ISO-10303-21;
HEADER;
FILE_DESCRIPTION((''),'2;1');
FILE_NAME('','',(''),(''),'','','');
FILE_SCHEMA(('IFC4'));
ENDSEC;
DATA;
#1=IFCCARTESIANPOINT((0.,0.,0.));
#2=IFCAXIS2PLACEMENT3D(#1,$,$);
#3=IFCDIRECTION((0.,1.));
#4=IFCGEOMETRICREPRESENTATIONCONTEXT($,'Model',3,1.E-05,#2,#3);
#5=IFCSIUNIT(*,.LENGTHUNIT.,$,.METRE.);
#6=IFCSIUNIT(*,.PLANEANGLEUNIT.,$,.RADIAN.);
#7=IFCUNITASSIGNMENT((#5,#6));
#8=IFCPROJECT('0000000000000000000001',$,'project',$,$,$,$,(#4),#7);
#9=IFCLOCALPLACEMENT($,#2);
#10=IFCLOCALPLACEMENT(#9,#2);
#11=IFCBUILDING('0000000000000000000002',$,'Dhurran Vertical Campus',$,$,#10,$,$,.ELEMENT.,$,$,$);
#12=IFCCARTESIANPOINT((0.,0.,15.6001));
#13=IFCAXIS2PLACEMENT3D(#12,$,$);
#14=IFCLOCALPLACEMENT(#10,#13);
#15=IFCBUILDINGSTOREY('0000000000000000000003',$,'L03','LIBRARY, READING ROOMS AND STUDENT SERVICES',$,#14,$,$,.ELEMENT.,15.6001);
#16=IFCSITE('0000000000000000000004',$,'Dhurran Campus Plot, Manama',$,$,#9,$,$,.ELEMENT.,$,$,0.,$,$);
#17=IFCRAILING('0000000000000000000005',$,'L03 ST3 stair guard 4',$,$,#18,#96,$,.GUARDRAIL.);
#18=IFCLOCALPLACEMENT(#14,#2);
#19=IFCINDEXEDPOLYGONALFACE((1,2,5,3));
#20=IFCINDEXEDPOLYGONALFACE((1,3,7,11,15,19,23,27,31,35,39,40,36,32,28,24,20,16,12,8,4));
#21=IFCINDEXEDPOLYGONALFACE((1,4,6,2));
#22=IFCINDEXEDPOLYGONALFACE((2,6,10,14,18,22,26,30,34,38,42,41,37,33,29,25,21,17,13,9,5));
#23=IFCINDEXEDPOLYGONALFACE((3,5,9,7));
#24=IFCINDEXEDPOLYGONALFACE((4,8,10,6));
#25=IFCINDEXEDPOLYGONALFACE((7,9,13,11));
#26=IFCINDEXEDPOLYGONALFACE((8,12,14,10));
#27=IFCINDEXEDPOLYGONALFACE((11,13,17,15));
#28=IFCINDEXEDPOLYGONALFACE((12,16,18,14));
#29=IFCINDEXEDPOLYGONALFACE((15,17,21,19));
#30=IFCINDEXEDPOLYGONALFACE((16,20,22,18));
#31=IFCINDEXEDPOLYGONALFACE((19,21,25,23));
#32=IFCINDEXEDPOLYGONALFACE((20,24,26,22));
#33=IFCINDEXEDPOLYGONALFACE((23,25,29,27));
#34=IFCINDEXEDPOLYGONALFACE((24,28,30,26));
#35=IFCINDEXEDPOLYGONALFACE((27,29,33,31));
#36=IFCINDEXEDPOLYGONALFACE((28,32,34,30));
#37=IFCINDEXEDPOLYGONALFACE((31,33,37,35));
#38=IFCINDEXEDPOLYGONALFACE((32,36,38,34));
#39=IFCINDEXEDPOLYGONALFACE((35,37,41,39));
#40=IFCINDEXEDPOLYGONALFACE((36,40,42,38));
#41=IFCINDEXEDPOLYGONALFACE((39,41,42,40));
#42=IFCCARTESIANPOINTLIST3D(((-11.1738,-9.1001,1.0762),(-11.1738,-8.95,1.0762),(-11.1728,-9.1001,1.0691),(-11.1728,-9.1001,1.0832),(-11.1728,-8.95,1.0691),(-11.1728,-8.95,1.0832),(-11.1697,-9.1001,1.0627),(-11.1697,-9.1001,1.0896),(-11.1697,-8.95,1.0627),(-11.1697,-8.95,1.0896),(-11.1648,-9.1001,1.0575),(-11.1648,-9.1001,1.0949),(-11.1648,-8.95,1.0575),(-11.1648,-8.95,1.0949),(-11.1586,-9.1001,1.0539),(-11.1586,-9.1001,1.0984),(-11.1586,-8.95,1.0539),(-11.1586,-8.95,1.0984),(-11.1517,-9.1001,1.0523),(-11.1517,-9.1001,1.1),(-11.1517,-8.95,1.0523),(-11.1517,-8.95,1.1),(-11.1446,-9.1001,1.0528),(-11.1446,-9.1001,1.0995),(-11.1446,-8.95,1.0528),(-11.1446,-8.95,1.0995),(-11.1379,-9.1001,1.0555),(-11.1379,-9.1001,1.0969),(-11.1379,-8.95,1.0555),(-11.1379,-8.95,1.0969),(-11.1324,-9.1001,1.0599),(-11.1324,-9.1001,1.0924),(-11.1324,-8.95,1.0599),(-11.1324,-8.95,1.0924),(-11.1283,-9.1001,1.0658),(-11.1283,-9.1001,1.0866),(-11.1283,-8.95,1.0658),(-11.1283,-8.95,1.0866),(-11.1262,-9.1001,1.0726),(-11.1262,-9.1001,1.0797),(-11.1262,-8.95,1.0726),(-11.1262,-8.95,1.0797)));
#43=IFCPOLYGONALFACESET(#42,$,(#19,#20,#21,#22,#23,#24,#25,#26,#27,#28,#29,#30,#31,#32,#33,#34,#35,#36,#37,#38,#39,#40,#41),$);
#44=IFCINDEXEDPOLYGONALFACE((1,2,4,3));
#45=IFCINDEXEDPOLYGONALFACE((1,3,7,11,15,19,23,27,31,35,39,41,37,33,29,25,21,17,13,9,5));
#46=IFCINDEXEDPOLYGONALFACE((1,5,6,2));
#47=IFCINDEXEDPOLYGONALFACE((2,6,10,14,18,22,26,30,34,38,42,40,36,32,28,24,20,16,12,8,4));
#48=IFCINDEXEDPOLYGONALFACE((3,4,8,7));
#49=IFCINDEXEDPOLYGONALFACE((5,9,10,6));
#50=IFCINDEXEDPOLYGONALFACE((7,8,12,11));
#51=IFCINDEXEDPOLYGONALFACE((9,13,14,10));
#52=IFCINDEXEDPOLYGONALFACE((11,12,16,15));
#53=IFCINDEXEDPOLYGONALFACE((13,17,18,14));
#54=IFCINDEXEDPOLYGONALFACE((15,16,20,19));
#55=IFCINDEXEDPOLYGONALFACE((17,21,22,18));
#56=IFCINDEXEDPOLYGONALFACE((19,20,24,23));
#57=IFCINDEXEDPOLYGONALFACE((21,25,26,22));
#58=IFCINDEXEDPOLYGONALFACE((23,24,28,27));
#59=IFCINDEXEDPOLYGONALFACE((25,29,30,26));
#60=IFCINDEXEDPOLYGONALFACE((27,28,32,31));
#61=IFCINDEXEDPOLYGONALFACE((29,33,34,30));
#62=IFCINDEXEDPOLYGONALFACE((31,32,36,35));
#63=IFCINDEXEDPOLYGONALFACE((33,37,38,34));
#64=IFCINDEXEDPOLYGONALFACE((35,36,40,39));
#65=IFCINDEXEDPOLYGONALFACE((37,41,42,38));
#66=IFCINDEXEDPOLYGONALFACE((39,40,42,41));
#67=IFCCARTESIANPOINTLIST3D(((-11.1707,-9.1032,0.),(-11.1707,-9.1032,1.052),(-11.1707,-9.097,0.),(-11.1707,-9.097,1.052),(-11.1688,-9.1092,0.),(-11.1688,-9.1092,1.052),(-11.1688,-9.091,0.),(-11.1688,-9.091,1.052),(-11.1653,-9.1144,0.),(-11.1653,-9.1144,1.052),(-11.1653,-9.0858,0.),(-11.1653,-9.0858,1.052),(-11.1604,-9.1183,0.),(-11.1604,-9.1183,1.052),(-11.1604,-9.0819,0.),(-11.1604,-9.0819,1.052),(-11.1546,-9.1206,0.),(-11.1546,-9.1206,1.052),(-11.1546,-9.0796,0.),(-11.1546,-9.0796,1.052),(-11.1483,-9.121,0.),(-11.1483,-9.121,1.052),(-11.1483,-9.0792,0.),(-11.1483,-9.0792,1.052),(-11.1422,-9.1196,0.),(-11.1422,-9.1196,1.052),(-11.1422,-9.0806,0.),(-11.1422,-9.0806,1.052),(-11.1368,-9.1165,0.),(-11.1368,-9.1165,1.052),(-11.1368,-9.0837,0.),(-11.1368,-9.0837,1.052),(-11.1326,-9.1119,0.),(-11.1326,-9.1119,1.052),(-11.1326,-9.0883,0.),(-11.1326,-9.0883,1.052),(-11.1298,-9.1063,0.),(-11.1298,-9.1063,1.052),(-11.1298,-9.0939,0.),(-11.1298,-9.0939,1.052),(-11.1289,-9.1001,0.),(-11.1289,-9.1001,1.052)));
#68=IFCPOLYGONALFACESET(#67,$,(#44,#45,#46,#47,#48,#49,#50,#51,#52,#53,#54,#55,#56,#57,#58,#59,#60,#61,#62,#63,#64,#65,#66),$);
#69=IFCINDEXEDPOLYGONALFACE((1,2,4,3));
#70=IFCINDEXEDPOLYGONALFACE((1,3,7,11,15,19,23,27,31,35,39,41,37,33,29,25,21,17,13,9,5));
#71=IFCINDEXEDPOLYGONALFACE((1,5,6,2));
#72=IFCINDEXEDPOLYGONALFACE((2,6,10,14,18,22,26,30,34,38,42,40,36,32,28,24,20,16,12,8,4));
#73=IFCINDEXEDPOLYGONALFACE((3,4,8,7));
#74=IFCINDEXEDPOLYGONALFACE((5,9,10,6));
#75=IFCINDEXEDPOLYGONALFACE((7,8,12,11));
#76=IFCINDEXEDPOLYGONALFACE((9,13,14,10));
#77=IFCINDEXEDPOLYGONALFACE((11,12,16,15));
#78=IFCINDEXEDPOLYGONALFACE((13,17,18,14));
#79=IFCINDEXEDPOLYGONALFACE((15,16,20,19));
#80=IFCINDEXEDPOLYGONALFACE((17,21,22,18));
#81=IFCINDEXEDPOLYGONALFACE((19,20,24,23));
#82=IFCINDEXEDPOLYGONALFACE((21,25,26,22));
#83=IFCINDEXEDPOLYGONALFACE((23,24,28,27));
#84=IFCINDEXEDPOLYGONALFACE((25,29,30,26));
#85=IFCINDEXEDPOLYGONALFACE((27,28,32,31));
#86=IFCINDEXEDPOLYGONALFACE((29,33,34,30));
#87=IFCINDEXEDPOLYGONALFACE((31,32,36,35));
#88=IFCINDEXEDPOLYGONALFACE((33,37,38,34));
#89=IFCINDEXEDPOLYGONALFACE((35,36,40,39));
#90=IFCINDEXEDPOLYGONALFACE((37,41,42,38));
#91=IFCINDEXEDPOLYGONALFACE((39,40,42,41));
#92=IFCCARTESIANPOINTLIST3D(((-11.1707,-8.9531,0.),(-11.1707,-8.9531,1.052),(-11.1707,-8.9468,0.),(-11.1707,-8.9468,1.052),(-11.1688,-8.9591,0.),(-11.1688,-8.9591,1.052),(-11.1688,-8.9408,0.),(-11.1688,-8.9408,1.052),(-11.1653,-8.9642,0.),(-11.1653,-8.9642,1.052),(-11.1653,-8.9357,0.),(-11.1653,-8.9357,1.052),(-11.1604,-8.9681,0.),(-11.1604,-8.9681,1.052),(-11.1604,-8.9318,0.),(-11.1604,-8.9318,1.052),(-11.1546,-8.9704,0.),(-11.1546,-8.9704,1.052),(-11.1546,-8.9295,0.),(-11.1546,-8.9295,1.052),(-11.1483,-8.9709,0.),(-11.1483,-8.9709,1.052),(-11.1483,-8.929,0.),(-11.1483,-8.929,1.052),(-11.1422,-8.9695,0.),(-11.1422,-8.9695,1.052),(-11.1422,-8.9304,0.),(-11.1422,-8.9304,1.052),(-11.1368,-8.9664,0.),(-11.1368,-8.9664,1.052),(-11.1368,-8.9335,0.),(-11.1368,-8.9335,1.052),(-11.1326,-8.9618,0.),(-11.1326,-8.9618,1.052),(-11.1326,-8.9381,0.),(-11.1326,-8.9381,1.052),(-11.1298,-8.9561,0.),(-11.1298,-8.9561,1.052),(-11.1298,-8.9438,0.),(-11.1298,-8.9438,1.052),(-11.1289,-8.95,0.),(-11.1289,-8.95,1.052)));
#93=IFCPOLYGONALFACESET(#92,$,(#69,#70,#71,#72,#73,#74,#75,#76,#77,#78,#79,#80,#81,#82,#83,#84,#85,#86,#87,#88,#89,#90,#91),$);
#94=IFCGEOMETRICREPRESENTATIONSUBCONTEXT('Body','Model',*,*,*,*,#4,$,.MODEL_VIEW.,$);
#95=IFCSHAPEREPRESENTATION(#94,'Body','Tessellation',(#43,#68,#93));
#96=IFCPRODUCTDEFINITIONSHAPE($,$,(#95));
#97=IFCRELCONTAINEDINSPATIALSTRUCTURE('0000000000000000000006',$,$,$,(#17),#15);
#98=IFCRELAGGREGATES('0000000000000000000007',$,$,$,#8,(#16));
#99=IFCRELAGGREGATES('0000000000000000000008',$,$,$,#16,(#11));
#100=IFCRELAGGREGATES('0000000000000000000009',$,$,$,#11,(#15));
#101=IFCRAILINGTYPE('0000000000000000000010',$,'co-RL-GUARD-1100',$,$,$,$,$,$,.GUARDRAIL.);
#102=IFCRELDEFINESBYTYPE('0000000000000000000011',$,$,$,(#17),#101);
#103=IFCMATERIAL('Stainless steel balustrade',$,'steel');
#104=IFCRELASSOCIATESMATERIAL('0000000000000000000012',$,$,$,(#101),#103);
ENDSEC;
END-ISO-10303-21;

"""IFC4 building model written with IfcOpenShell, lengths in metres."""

from ifc_helpers import new_model, si_unit, direction, frame, origin, origin_2d, place, context, subcontext, project, spatial, circle, extrude, material, type_object, element, save


model = new_model("IFC4")

# Units and contexts
model_context = context("Model", 3, precision=1e-05, world=origin(), true_north=direction((0.0, 1.0)))
body_context = subcontext(model_context, "Body", "Model", "MODEL_VIEW")
ifc_project = project(units=[si_unit("LENGTHUNIT", "METRE"), si_unit("PLANEANGLEUNIT", "RADIAN")], contexts=[model_context])

# Site, building, storey
site_placement = place(None, origin())
site = spatial("IfcSite", under=ifc_project, at=site_placement, Name="Dhurran Campus Plot, Manama", CompositionType="ELEMENT", RefElevation=0.0)
building_placement = place(site_placement, origin())
building = spatial("IfcBuilding", under=site, at=building_placement, Name="Dhurran Vertical Campus", CompositionType="ELEMENT")
storey_placement = place(building_placement, frame((0.0, 0.0, 15.6001)))
storey = spatial("IfcBuildingStorey", under=building, at=storey_placement, Name="L03", Description="LIBRARY, READING ROOMS AND STUDENT SERVICES", CompositionType="ELEMENT", Elevation=15.6001)

# Railing
ifc_material_1 = material(Name="Stainless steel balustrade", Category="steel")
railing_type_1 = type_object("IfcRailingType", Name="co-RL-GUARD-1100", PredefinedType="GUARDRAIL", material=ifc_material_1)
railing_1_placement = place(storey_placement, frame((-11.1499, -9.1001, 0.0)))
element("IfcRailing", 1, at=railing_1_placement, inside=storey, type_object=railing_type_1, Name="L03 ST3 stair guard 4", PredefinedType="GUARDRAIL", context=body_context, shape_type="SweptSolid", body=[
    extrude(circle(Radius=0.0239, at=origin_2d()), frame((0.0, 0.0, 1.0762), z_axis=(0.0, 1.0, 0.0), x_axis=(-1.0, 0.0, 0.0)), (0.0, 0.0, 1.0), 0.1501),
    extrude(circle(Radius=0.021, at=origin_2d()), origin(), (0.0, 0.0, 1.0), 1.052),
    extrude(circle(Radius=0.021, at=origin_2d()), frame((0.0, 0.1501, 0.0)), (0.0, 0.0, 1.0), 1.052),
])

save(model, "model.ifc")
